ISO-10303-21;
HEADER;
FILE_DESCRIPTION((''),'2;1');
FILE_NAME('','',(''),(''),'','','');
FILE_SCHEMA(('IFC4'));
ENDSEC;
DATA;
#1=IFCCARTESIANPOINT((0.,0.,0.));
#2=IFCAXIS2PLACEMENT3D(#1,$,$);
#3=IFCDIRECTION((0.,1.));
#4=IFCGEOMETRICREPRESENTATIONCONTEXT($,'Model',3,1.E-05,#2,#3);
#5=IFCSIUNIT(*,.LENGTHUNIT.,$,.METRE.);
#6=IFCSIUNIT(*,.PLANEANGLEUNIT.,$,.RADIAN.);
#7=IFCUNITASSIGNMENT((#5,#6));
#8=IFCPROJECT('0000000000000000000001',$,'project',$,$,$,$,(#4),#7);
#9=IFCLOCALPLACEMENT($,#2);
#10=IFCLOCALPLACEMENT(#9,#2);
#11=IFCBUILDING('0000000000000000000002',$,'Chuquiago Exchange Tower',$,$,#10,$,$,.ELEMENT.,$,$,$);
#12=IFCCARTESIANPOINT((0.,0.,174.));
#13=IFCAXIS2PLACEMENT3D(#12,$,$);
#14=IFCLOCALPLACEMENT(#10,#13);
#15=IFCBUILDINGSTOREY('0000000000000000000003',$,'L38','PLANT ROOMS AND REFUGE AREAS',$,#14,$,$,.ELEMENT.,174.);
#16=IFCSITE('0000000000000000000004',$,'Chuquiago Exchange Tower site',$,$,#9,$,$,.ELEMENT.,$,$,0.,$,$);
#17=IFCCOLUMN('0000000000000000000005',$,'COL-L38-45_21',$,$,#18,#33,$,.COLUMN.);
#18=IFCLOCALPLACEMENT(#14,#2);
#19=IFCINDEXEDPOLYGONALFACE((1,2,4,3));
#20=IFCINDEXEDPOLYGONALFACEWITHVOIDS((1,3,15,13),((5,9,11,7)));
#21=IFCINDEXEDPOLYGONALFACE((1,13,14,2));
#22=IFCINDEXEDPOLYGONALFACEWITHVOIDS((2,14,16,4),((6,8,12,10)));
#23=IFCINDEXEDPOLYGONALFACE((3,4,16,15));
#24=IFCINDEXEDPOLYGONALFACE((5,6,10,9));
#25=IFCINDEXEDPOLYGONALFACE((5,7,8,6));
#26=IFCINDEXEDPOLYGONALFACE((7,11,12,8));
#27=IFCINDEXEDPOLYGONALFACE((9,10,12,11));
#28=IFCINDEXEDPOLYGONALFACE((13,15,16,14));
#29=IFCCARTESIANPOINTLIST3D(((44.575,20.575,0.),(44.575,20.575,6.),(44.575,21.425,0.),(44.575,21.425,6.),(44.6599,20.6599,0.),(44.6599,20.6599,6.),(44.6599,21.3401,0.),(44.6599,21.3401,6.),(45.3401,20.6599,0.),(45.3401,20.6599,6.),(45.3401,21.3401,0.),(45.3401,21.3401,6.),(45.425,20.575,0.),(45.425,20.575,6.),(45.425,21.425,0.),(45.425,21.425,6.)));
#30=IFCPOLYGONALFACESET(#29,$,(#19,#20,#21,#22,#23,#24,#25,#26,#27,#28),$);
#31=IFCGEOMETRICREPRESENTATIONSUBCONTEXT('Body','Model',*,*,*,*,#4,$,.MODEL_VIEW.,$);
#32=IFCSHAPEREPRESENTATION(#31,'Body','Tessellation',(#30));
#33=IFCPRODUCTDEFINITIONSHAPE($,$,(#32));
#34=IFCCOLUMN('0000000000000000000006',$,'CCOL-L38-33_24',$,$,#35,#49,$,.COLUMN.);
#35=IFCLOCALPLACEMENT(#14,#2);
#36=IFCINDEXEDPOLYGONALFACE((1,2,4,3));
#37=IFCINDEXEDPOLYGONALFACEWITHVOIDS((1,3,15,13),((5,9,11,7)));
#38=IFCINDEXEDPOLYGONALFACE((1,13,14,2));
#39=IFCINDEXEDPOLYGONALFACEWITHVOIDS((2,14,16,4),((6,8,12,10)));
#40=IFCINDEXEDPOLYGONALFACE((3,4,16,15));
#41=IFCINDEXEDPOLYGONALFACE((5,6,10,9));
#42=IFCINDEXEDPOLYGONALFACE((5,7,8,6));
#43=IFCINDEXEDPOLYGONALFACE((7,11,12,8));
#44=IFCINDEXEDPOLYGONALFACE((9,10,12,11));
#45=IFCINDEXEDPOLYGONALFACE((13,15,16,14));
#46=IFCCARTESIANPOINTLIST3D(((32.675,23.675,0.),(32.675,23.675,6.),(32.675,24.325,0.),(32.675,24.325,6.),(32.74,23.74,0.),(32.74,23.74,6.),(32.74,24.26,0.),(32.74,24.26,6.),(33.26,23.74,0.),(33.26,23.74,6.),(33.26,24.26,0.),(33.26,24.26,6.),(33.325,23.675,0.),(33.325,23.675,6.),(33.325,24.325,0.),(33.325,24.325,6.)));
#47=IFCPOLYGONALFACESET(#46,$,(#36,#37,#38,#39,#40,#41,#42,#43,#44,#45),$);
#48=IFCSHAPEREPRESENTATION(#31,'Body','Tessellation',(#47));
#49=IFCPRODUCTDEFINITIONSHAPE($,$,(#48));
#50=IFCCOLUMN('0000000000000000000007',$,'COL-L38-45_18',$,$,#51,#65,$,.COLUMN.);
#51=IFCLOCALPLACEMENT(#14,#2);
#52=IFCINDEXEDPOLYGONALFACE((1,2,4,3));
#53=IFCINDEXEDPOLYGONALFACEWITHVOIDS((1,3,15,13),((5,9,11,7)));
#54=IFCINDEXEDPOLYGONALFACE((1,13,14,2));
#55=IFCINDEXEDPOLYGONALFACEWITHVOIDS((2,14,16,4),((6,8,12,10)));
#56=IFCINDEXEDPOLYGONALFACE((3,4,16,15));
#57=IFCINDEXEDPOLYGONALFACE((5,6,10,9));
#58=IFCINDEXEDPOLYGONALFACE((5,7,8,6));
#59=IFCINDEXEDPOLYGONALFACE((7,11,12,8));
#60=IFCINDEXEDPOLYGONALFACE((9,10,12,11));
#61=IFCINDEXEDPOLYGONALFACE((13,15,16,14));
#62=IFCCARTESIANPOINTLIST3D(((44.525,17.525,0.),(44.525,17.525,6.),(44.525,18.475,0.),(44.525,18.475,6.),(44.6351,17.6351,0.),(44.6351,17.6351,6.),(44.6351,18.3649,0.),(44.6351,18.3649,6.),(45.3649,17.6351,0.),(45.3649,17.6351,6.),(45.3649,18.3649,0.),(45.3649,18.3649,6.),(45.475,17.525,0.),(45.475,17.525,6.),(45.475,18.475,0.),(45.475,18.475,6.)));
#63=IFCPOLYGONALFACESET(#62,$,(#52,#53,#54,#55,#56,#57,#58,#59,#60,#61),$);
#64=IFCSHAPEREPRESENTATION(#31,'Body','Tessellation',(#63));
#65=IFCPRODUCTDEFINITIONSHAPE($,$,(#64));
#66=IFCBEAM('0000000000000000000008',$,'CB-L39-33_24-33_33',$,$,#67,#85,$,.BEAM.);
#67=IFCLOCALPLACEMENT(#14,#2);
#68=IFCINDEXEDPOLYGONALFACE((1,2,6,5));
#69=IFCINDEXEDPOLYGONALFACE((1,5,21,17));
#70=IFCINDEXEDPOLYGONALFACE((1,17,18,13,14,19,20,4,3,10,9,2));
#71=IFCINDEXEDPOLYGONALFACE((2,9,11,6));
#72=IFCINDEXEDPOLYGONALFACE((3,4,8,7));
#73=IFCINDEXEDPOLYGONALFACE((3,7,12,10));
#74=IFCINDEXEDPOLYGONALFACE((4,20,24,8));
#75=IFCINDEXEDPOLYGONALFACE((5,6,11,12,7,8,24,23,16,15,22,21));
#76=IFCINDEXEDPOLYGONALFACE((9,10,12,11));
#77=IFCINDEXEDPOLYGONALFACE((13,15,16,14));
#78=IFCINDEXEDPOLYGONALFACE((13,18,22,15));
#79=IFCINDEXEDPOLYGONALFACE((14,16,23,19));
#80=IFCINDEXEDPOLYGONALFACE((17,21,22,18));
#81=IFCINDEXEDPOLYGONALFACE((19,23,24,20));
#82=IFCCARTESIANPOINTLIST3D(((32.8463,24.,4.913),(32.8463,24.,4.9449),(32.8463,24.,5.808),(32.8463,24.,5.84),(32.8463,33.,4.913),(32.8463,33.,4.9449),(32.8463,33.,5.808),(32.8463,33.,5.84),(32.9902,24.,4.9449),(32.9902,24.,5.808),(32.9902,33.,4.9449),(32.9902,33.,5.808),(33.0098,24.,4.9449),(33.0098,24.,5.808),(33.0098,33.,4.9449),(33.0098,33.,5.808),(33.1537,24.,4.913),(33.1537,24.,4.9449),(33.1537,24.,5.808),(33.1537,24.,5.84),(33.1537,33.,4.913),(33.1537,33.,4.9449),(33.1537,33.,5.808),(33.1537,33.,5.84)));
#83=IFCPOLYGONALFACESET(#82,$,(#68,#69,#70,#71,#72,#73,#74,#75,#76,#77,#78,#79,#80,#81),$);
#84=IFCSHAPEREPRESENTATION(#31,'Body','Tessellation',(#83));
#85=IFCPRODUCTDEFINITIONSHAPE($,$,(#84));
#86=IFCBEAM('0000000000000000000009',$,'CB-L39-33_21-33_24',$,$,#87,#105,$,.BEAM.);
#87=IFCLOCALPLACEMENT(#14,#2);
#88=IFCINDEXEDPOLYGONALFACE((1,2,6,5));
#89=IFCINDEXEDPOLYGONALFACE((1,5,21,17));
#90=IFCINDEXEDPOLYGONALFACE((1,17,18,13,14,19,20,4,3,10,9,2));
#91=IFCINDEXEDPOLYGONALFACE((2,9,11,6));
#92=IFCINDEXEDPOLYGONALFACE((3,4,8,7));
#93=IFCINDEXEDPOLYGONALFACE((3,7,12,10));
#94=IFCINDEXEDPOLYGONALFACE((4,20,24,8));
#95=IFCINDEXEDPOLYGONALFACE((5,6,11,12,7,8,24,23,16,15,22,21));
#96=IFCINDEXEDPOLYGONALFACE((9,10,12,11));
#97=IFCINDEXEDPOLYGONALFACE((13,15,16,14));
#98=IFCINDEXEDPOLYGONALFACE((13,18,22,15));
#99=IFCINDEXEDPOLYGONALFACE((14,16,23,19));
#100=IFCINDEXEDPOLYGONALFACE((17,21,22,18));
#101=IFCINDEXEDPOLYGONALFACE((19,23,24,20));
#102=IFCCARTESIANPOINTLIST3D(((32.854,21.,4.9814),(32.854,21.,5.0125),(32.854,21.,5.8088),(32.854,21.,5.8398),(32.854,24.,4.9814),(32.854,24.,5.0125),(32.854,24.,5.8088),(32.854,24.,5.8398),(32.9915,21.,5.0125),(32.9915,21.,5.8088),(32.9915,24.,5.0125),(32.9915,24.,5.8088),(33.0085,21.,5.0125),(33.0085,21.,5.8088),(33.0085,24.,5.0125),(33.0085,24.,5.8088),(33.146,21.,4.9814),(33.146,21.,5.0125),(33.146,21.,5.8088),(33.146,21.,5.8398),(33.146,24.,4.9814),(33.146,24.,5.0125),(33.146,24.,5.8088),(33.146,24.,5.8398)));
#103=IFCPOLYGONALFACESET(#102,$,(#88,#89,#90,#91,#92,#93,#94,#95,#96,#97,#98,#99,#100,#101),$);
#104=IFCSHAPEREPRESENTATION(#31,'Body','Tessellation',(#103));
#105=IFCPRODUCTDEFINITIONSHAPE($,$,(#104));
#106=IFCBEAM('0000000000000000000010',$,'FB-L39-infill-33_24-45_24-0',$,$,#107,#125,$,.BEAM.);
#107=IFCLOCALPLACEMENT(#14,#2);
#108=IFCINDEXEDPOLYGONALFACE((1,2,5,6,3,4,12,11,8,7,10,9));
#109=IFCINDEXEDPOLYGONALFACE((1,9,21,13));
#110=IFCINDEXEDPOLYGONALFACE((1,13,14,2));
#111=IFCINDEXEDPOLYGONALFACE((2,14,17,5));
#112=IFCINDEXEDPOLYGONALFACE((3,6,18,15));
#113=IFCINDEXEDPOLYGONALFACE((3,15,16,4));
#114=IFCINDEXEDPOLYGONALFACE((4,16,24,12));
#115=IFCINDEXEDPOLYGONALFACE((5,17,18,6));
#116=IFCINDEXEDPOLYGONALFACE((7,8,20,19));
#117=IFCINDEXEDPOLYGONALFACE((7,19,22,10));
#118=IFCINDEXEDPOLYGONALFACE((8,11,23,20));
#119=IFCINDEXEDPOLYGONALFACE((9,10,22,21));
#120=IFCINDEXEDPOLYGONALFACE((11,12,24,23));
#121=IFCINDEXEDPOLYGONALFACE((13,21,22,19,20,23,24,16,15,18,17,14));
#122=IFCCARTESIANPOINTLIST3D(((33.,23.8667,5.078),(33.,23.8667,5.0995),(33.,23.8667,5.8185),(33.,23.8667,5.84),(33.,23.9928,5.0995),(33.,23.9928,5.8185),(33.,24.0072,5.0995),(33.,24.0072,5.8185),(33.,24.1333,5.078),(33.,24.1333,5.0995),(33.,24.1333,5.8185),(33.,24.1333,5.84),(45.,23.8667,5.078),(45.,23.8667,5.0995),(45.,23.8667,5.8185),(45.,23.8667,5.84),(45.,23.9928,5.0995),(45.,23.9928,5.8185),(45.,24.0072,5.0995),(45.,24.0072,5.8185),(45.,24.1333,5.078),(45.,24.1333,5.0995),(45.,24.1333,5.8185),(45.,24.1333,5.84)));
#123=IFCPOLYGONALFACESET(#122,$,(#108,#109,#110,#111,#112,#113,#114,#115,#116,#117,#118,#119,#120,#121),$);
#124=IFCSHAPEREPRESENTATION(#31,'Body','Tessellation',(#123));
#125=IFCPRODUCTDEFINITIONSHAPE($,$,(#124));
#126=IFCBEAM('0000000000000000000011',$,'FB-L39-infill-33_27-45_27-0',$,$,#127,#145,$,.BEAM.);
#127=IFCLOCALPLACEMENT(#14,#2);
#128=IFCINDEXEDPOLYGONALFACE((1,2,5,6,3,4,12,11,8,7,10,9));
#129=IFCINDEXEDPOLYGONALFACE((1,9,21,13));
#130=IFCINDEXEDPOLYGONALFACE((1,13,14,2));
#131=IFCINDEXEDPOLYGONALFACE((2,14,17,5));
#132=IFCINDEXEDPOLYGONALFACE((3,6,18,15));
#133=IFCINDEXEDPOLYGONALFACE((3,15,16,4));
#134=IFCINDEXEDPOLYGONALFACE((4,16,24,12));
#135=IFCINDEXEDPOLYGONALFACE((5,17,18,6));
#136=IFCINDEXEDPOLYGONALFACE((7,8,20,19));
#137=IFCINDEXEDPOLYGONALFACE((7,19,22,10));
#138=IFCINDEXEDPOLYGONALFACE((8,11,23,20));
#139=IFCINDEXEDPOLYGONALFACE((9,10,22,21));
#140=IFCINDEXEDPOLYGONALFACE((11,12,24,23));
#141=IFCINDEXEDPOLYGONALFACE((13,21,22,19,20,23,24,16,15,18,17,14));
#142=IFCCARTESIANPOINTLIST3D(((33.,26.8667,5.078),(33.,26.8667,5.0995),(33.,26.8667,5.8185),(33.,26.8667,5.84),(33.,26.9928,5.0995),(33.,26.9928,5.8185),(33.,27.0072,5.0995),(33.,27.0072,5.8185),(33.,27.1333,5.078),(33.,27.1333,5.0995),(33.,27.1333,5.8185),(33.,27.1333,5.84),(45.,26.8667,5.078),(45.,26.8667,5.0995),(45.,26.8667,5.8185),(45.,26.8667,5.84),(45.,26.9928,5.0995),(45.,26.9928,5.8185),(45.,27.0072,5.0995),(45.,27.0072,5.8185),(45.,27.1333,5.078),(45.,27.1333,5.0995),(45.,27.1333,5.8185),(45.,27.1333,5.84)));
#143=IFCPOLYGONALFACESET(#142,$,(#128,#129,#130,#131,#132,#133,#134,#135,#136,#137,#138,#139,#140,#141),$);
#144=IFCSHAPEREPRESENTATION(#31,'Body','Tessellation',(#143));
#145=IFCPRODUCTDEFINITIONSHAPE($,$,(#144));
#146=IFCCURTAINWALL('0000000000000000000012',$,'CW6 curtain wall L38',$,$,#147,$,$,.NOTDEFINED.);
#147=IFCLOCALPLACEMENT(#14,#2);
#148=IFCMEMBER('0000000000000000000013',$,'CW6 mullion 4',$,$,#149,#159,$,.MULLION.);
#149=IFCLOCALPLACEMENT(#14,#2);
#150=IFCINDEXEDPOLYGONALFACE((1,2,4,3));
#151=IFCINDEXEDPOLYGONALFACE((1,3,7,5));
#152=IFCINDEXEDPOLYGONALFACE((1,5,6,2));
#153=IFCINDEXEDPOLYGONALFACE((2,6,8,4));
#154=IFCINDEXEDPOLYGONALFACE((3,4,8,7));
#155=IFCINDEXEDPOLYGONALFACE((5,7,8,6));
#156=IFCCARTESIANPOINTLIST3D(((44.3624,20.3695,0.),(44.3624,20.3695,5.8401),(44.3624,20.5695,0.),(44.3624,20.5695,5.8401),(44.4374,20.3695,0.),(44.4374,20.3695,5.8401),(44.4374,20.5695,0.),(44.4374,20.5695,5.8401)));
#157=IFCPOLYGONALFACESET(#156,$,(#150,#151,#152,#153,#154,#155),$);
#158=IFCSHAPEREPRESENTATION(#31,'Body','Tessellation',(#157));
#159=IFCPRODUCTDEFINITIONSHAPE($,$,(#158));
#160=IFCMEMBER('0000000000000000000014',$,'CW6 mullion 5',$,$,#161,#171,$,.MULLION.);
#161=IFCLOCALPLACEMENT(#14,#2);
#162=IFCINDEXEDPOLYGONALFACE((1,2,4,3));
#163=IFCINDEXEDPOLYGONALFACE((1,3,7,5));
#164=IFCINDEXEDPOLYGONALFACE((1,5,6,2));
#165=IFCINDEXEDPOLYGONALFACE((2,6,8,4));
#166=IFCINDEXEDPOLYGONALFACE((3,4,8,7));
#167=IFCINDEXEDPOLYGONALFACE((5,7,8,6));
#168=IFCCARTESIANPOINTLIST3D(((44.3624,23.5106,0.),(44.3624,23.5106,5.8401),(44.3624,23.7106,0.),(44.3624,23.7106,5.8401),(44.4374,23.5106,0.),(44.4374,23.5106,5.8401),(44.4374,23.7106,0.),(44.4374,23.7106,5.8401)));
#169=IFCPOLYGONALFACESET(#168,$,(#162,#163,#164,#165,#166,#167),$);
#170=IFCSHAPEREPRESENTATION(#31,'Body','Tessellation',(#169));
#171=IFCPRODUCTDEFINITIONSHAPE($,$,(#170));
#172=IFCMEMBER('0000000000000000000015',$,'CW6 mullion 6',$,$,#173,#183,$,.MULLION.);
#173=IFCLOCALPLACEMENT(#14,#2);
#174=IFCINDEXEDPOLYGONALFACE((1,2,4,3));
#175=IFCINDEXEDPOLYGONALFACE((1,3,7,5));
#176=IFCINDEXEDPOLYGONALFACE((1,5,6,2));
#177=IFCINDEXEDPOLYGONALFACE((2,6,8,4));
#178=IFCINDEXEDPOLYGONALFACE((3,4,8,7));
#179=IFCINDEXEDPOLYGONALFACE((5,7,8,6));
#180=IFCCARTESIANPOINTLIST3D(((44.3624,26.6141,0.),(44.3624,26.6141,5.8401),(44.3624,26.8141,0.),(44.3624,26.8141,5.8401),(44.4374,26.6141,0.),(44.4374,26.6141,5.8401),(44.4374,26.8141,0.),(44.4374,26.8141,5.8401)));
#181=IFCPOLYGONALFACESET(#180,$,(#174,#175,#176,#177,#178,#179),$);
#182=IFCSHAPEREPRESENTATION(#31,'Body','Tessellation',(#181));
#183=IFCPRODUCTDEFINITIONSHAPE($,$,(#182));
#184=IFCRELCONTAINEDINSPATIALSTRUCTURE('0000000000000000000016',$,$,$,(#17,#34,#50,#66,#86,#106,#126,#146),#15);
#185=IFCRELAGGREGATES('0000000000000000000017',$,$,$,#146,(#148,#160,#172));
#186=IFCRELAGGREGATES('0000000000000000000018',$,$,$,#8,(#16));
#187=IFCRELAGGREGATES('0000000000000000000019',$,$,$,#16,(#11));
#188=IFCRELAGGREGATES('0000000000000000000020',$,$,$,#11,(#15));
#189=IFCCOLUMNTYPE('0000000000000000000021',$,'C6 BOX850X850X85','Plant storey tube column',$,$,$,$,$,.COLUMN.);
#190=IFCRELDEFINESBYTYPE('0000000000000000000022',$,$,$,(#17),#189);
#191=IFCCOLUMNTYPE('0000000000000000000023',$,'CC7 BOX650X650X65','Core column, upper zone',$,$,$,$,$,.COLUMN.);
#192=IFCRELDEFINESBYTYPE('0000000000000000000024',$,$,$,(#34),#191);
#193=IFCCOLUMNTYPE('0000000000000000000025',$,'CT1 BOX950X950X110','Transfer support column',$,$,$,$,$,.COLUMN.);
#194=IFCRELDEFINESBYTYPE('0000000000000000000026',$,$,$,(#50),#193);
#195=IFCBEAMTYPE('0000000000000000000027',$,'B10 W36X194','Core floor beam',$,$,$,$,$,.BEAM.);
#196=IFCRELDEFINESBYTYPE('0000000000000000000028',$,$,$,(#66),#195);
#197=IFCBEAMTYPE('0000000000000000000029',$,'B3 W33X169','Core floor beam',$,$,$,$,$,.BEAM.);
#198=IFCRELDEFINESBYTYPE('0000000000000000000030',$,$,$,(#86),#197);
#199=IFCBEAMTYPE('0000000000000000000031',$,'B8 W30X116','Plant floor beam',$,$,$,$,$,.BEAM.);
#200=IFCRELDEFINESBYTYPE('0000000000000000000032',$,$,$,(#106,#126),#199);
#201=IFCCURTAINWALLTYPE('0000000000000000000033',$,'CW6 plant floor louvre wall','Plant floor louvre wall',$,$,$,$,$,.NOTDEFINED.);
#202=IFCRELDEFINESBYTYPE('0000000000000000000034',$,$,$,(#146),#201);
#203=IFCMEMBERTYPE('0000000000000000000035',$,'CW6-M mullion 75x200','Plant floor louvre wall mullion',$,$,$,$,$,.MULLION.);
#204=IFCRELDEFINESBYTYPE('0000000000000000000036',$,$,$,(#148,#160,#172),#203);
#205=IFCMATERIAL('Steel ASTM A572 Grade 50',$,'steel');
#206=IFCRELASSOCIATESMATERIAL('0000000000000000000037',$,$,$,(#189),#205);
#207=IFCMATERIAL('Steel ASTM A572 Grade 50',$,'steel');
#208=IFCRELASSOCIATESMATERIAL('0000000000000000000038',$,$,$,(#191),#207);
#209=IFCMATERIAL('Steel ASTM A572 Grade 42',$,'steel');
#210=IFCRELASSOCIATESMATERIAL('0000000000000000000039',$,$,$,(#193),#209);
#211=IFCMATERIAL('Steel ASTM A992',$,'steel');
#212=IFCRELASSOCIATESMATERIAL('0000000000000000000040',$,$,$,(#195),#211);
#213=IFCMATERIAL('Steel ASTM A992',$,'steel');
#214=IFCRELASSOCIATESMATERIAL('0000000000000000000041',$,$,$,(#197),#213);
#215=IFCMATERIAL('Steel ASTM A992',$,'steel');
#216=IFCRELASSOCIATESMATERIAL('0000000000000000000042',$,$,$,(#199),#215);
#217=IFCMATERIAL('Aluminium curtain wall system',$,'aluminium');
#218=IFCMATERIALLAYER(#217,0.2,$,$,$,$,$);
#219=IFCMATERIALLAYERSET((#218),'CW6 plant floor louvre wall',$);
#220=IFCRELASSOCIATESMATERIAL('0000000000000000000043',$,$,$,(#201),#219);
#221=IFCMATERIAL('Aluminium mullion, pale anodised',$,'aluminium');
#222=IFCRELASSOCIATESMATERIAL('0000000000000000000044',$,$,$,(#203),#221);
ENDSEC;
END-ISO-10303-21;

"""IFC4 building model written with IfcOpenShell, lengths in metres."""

from ifc_helpers import new_model, si_unit, direction, frame, origin, origin_2d, place, context, subcontext, project, spatial, rectangle, hollow_rectangle, i_section, extrude, material, layer, layer_set, material_profile, profile_set, type_object, element, aggregate, save


model = new_model("IFC4")

# Units and contexts
model_context = context("Model", 3, precision=1e-05, world=origin(), true_north=direction((0.0, 1.0)))
body_context = subcontext(model_context, "Body", "Model", "MODEL_VIEW")
ifc_project = project(units=[si_unit("LENGTHUNIT", "METRE"), si_unit("PLANEANGLEUNIT", "RADIAN")], contexts=[model_context])

# Site, building, storey
site_placement = place(None, origin())
site = spatial("IfcSite", under=ifc_project, at=site_placement, Name="Chuquiago Exchange Tower site", CompositionType="ELEMENT", RefElevation=0.0)
building_placement = place(site_placement, origin())
building = spatial("IfcBuilding", under=site, at=building_placement, Name="Chuquiago Exchange Tower", CompositionType="ELEMENT")
storey_placement = place(building_placement, frame((0.0, 0.0, 174.0)))
storey = spatial("IfcBuildingStorey", under=building, at=storey_placement, Name="L38", Description="PLANT ROOMS AND REFUGE AREAS", CompositionType="ELEMENT", Elevation=174.0)

# Columns
ifc_material_1 = material(Name="Steel ASTM A572 Grade 50", Category="steel")
ifc_material_profile_1 = material_profile(ifc_material_1, hollow_rectangle(XDim=0.8501, YDim=0.8501, WallThickness=0.085, at=origin_2d()), Name="BOX850X850X85")
ifc_profile_set_1 = profile_set([ifc_material_profile_1], Name="Steel ASTM A572 Grade 50")
column_type_1 = type_object("IfcColumnType", Name="C6 BOX850X850X85", Description="Plant storey tube column", PredefinedType="COLUMN", material=ifc_profile_set_1)
column_1_placement = place(storey_placement, frame((45.0, 21.0, 0.0), z_axis=(0.0, 0.0, 1.0), x_axis=(1.0, 0.0, 0.0)))
element("IfcColumn", 1, at=column_1_placement, inside=storey, type_object=column_type_1, Name="COL-L38-45_21", PredefinedType="COLUMN", context=body_context, shape_type="SweptSolid", body=[
    extrude(hollow_rectangle(XDim=0.8501, YDim=0.8501, WallThickness=0.085, at=origin_2d()), origin(), (0.0, 0.0, 1.0), 6.0),
])
ifc_material_2 = material(Name="Steel ASTM A572 Grade 50", Category="steel")
ifc_material_profile_2 = material_profile(ifc_material_2, hollow_rectangle(XDim=0.6499, YDim=0.6499, WallThickness=0.0649, at=origin_2d()), Name="BOX650X650X65")
ifc_profile_set_2 = profile_set([ifc_material_profile_2], Name="Steel ASTM A572 Grade 50")
column_type_2 = type_object("IfcColumnType", Name="CC7 BOX650X650X65", Description="Core column, upper zone", PredefinedType="COLUMN", material=ifc_profile_set_2)
column_2_placement = place(storey_placement, frame((33.0, 24.0, 0.0), z_axis=(0.0, 0.0, 1.0), x_axis=(1.0, 0.0, 0.0)))
element("IfcColumn", 2, at=column_2_placement, inside=storey, type_object=column_type_2, Name="CCOL-L38-33_24", PredefinedType="COLUMN", context=body_context, shape_type="SweptSolid", body=[
    extrude(hollow_rectangle(XDim=0.6499, YDim=0.6499, WallThickness=0.0649, at=origin_2d()), origin(), (0.0, 0.0, 1.0), 6.0),
])
ifc_material_3 = material(Name="Steel ASTM A572 Grade 42", Category="steel")
ifc_material_profile_3 = material_profile(ifc_material_3, hollow_rectangle(XDim=0.95, YDim=0.95, WallThickness=0.1101, at=origin_2d()), Name="BOX950X950X110")
ifc_profile_set_3 = profile_set([ifc_material_profile_3], Name="Steel ASTM A572 Grade 42")
column_type_3 = type_object("IfcColumnType", Name="CT1 BOX950X950X110", Description="Transfer support column", PredefinedType="COLUMN", material=ifc_profile_set_3)
column_3_placement = place(storey_placement, frame((45.0, 18.0, 0.0), z_axis=(0.0, 0.0, 1.0), x_axis=(1.0, 0.0, 0.0)))
element("IfcColumn", 3, at=column_3_placement, inside=storey, type_object=column_type_3, Name="COL-L38-45_18", PredefinedType="COLUMN", context=body_context, shape_type="SweptSolid", body=[
    extrude(hollow_rectangle(XDim=0.95, YDim=0.95, WallThickness=0.1101, at=origin_2d()), origin(), (0.0, 0.0, 1.0), 6.0),
])

# Beams
ifc_material_4 = material(Name="Steel ASTM A992", Category="steel")
ifc_material_profile_4 = material_profile(ifc_material_4, i_section(OverallWidth=0.3074, OverallDepth=0.927, WebThickness=0.0195, FlangeThickness=0.032, at=origin_2d()), Name="W36X194")
ifc_profile_set_4 = profile_set([ifc_material_profile_4], Name="Steel ASTM A992")
beam_type_1 = type_object("IfcBeamType", Name="B10 W36X194", Description="Core floor beam", PredefinedType="BEAM", material=ifc_profile_set_4)
beam_1_placement = place(storey_placement, frame((33.0, 24.0, 5.3765), z_axis=(0.0, 1.0, 0.0), x_axis=(-1.0, 0.0, 0.0)))
element("IfcBeam", 4, at=beam_1_placement, inside=storey, type_object=beam_type_1, Name="CB-L39-33_24-33_33", PredefinedType="BEAM", context=body_context, shape_type="SweptSolid", body=[
    extrude(i_section(OverallWidth=0.3074, OverallDepth=0.927, WebThickness=0.0195, FlangeThickness=0.032, at=origin_2d()), origin(), (0.0, 0.0, 1.0), 9.0),
])
ifc_material_5 = material(Name="Steel ASTM A992", Category="steel")
ifc_material_profile_5 = material_profile(ifc_material_5, i_section(OverallWidth=0.292, OverallDepth=0.8584, WebThickness=0.0171, FlangeThickness=0.031, at=origin_2d()), Name="W33X169")
ifc_profile_set_5 = profile_set([ifc_material_profile_5], Name="Steel ASTM A992")
beam_type_2 = type_object("IfcBeamType", Name="B3 W33X169", Description="Core floor beam", PredefinedType="BEAM", material=ifc_profile_set_5)
beam_2_placement = place(storey_placement, frame((33.0, 21.0, 5.4106), z_axis=(0.0, 1.0, 0.0), x_axis=(-1.0, 0.0, 0.0)))
element("IfcBeam", 5, at=beam_2_placement, inside=storey, type_object=beam_type_2, Name="CB-L39-33_21-33_24", PredefinedType="BEAM", context=body_context, shape_type="SweptSolid", body=[
    extrude(i_section(OverallWidth=0.292, OverallDepth=0.8584, WebThickness=0.0171, FlangeThickness=0.031, at=origin_2d()), origin(), (0.0, 0.0, 1.0), 3.0),
])
ifc_material_6 = material(Name="Steel ASTM A992", Category="steel")
ifc_material_profile_6 = material_profile(ifc_material_6, i_section(OverallWidth=0.2666, OverallDepth=0.762, WebThickness=0.0144, FlangeThickness=0.0215, at=origin_2d()), Name="W30X116")
ifc_profile_set_6 = profile_set([ifc_material_profile_6], Name="Steel ASTM A992")
beam_type_3 = type_object("IfcBeamType", Name="B8 W30X116", Description="Plant floor beam", PredefinedType="BEAM", material=ifc_profile_set_6)
for number, where, z_axis, x_axis, name in (
    (6, (33.0, 24.0, 5.459), (1.0, 0.0, 0.0), (0.0, 1.0, 0.0), "FB-L39-infill-33_24-45_24-0"),
    (7, (33.0, 27.0, 5.459), (1.0, 0.0, 0.0), (0.0, 1.0, 0.0), "FB-L39-infill-33_27-45_27-0"),
):
    element("IfcBeam", number, at=place(storey_placement, frame(where, z_axis=z_axis, x_axis=x_axis)), inside=storey, type_object=beam_type_3, Name=name, PredefinedType="BEAM", context=body_context, shape_type="SweptSolid", body=[
        extrude(i_section(OverallWidth=0.2666, OverallDepth=0.762, WebThickness=0.0144, FlangeThickness=0.0215, at=origin_2d()), origin(), (0.0, 0.0, 1.0), 12.0),
    ])

# Curtain wall, members
ifc_material_7 = material(Name="Aluminium curtain wall system", Category="aluminium")
ifc_layer_1 = layer(ifc_material_7, 0.2)
ifc_layer_set_1 = layer_set([ifc_layer_1], Name="CW6 plant floor louvre wall")
curtain_wall_type = type_object("IfcCurtainWallType", Name="CW6 plant floor louvre wall", Description="Plant floor louvre wall", PredefinedType="NOTDEFINED", material=ifc_layer_set_1)
curtain_wall_1_placement = place(storey_placement, origin())
curtain_wall_1 = element("IfcCurtainWall", 8, at=curtain_wall_1_placement, inside=storey, type_object=curtain_wall_type, Name="CW6 curtain wall L38", PredefinedType="NOTDEFINED")
ifc_material_8 = material(Name="Aluminium mullion, pale anodised", Category="aluminium")
ifc_material_profile_7 = material_profile(ifc_material_8, rectangle(XDim=0.075, YDim=0.2, at=origin_2d()), Name="AL 75x200")
ifc_profile_set_7 = profile_set([ifc_material_profile_7], Name="Aluminium mullion, pale anodised")
member_type_1 = type_object("IfcMemberType", Name="CW6-M mullion 75x200", Description="Plant floor louvre wall mullion", PredefinedType="MULLION", material=ifc_profile_set_7)
member_1_placement = place(storey_placement, frame((44.3999, 20.4695, 0.0), z_axis=(0.0, 0.0, 1.0), x_axis=(-1.0, 0.0, 0.0)))
member_1 = element("IfcMember", 9, at=member_1_placement, type_object=member_type_1, Name="CW6 mullion 4", PredefinedType="MULLION", context=body_context, shape_type="SweptSolid", body=[
    extrude(rectangle(XDim=0.075, YDim=0.2, at=origin_2d()), origin(), (0.0, 0.0, 1.0), 5.8401),
])
member_2_placement = place(storey_placement, frame((44.3999, 23.6106, 0.0), z_axis=(0.0, 0.0, 1.0), x_axis=(-1.0, 0.0, 0.0)))
member_2 = element("IfcMember", 10, at=member_2_placement, type_object=member_type_1, Name="CW6 mullion 5", PredefinedType="MULLION", context=body_context, shape_type="SweptSolid", body=[
    extrude(rectangle(XDim=0.075, YDim=0.2, at=origin_2d()), origin(), (0.0, 0.0, 1.0), 5.8401),
])
member_3_placement = place(storey_placement, frame((44.3999, 26.7141, 0.0), z_axis=(0.0, 0.0, 1.0), x_axis=(-1.0, 0.0, 0.0)))
member_3 = element("IfcMember", 11, at=member_3_placement, type_object=member_type_1, Name="CW6 mullion 6", PredefinedType="MULLION", context=body_context, shape_type="SweptSolid", body=[
    extrude(rectangle(XDim=0.075, YDim=0.2, at=origin_2d()), origin(), (0.0, 0.0, 1.0), 5.8401),
])

aggregate(curtain_wall_1, [member_1, member_2, member_3])

save(model, "model.ifc")
